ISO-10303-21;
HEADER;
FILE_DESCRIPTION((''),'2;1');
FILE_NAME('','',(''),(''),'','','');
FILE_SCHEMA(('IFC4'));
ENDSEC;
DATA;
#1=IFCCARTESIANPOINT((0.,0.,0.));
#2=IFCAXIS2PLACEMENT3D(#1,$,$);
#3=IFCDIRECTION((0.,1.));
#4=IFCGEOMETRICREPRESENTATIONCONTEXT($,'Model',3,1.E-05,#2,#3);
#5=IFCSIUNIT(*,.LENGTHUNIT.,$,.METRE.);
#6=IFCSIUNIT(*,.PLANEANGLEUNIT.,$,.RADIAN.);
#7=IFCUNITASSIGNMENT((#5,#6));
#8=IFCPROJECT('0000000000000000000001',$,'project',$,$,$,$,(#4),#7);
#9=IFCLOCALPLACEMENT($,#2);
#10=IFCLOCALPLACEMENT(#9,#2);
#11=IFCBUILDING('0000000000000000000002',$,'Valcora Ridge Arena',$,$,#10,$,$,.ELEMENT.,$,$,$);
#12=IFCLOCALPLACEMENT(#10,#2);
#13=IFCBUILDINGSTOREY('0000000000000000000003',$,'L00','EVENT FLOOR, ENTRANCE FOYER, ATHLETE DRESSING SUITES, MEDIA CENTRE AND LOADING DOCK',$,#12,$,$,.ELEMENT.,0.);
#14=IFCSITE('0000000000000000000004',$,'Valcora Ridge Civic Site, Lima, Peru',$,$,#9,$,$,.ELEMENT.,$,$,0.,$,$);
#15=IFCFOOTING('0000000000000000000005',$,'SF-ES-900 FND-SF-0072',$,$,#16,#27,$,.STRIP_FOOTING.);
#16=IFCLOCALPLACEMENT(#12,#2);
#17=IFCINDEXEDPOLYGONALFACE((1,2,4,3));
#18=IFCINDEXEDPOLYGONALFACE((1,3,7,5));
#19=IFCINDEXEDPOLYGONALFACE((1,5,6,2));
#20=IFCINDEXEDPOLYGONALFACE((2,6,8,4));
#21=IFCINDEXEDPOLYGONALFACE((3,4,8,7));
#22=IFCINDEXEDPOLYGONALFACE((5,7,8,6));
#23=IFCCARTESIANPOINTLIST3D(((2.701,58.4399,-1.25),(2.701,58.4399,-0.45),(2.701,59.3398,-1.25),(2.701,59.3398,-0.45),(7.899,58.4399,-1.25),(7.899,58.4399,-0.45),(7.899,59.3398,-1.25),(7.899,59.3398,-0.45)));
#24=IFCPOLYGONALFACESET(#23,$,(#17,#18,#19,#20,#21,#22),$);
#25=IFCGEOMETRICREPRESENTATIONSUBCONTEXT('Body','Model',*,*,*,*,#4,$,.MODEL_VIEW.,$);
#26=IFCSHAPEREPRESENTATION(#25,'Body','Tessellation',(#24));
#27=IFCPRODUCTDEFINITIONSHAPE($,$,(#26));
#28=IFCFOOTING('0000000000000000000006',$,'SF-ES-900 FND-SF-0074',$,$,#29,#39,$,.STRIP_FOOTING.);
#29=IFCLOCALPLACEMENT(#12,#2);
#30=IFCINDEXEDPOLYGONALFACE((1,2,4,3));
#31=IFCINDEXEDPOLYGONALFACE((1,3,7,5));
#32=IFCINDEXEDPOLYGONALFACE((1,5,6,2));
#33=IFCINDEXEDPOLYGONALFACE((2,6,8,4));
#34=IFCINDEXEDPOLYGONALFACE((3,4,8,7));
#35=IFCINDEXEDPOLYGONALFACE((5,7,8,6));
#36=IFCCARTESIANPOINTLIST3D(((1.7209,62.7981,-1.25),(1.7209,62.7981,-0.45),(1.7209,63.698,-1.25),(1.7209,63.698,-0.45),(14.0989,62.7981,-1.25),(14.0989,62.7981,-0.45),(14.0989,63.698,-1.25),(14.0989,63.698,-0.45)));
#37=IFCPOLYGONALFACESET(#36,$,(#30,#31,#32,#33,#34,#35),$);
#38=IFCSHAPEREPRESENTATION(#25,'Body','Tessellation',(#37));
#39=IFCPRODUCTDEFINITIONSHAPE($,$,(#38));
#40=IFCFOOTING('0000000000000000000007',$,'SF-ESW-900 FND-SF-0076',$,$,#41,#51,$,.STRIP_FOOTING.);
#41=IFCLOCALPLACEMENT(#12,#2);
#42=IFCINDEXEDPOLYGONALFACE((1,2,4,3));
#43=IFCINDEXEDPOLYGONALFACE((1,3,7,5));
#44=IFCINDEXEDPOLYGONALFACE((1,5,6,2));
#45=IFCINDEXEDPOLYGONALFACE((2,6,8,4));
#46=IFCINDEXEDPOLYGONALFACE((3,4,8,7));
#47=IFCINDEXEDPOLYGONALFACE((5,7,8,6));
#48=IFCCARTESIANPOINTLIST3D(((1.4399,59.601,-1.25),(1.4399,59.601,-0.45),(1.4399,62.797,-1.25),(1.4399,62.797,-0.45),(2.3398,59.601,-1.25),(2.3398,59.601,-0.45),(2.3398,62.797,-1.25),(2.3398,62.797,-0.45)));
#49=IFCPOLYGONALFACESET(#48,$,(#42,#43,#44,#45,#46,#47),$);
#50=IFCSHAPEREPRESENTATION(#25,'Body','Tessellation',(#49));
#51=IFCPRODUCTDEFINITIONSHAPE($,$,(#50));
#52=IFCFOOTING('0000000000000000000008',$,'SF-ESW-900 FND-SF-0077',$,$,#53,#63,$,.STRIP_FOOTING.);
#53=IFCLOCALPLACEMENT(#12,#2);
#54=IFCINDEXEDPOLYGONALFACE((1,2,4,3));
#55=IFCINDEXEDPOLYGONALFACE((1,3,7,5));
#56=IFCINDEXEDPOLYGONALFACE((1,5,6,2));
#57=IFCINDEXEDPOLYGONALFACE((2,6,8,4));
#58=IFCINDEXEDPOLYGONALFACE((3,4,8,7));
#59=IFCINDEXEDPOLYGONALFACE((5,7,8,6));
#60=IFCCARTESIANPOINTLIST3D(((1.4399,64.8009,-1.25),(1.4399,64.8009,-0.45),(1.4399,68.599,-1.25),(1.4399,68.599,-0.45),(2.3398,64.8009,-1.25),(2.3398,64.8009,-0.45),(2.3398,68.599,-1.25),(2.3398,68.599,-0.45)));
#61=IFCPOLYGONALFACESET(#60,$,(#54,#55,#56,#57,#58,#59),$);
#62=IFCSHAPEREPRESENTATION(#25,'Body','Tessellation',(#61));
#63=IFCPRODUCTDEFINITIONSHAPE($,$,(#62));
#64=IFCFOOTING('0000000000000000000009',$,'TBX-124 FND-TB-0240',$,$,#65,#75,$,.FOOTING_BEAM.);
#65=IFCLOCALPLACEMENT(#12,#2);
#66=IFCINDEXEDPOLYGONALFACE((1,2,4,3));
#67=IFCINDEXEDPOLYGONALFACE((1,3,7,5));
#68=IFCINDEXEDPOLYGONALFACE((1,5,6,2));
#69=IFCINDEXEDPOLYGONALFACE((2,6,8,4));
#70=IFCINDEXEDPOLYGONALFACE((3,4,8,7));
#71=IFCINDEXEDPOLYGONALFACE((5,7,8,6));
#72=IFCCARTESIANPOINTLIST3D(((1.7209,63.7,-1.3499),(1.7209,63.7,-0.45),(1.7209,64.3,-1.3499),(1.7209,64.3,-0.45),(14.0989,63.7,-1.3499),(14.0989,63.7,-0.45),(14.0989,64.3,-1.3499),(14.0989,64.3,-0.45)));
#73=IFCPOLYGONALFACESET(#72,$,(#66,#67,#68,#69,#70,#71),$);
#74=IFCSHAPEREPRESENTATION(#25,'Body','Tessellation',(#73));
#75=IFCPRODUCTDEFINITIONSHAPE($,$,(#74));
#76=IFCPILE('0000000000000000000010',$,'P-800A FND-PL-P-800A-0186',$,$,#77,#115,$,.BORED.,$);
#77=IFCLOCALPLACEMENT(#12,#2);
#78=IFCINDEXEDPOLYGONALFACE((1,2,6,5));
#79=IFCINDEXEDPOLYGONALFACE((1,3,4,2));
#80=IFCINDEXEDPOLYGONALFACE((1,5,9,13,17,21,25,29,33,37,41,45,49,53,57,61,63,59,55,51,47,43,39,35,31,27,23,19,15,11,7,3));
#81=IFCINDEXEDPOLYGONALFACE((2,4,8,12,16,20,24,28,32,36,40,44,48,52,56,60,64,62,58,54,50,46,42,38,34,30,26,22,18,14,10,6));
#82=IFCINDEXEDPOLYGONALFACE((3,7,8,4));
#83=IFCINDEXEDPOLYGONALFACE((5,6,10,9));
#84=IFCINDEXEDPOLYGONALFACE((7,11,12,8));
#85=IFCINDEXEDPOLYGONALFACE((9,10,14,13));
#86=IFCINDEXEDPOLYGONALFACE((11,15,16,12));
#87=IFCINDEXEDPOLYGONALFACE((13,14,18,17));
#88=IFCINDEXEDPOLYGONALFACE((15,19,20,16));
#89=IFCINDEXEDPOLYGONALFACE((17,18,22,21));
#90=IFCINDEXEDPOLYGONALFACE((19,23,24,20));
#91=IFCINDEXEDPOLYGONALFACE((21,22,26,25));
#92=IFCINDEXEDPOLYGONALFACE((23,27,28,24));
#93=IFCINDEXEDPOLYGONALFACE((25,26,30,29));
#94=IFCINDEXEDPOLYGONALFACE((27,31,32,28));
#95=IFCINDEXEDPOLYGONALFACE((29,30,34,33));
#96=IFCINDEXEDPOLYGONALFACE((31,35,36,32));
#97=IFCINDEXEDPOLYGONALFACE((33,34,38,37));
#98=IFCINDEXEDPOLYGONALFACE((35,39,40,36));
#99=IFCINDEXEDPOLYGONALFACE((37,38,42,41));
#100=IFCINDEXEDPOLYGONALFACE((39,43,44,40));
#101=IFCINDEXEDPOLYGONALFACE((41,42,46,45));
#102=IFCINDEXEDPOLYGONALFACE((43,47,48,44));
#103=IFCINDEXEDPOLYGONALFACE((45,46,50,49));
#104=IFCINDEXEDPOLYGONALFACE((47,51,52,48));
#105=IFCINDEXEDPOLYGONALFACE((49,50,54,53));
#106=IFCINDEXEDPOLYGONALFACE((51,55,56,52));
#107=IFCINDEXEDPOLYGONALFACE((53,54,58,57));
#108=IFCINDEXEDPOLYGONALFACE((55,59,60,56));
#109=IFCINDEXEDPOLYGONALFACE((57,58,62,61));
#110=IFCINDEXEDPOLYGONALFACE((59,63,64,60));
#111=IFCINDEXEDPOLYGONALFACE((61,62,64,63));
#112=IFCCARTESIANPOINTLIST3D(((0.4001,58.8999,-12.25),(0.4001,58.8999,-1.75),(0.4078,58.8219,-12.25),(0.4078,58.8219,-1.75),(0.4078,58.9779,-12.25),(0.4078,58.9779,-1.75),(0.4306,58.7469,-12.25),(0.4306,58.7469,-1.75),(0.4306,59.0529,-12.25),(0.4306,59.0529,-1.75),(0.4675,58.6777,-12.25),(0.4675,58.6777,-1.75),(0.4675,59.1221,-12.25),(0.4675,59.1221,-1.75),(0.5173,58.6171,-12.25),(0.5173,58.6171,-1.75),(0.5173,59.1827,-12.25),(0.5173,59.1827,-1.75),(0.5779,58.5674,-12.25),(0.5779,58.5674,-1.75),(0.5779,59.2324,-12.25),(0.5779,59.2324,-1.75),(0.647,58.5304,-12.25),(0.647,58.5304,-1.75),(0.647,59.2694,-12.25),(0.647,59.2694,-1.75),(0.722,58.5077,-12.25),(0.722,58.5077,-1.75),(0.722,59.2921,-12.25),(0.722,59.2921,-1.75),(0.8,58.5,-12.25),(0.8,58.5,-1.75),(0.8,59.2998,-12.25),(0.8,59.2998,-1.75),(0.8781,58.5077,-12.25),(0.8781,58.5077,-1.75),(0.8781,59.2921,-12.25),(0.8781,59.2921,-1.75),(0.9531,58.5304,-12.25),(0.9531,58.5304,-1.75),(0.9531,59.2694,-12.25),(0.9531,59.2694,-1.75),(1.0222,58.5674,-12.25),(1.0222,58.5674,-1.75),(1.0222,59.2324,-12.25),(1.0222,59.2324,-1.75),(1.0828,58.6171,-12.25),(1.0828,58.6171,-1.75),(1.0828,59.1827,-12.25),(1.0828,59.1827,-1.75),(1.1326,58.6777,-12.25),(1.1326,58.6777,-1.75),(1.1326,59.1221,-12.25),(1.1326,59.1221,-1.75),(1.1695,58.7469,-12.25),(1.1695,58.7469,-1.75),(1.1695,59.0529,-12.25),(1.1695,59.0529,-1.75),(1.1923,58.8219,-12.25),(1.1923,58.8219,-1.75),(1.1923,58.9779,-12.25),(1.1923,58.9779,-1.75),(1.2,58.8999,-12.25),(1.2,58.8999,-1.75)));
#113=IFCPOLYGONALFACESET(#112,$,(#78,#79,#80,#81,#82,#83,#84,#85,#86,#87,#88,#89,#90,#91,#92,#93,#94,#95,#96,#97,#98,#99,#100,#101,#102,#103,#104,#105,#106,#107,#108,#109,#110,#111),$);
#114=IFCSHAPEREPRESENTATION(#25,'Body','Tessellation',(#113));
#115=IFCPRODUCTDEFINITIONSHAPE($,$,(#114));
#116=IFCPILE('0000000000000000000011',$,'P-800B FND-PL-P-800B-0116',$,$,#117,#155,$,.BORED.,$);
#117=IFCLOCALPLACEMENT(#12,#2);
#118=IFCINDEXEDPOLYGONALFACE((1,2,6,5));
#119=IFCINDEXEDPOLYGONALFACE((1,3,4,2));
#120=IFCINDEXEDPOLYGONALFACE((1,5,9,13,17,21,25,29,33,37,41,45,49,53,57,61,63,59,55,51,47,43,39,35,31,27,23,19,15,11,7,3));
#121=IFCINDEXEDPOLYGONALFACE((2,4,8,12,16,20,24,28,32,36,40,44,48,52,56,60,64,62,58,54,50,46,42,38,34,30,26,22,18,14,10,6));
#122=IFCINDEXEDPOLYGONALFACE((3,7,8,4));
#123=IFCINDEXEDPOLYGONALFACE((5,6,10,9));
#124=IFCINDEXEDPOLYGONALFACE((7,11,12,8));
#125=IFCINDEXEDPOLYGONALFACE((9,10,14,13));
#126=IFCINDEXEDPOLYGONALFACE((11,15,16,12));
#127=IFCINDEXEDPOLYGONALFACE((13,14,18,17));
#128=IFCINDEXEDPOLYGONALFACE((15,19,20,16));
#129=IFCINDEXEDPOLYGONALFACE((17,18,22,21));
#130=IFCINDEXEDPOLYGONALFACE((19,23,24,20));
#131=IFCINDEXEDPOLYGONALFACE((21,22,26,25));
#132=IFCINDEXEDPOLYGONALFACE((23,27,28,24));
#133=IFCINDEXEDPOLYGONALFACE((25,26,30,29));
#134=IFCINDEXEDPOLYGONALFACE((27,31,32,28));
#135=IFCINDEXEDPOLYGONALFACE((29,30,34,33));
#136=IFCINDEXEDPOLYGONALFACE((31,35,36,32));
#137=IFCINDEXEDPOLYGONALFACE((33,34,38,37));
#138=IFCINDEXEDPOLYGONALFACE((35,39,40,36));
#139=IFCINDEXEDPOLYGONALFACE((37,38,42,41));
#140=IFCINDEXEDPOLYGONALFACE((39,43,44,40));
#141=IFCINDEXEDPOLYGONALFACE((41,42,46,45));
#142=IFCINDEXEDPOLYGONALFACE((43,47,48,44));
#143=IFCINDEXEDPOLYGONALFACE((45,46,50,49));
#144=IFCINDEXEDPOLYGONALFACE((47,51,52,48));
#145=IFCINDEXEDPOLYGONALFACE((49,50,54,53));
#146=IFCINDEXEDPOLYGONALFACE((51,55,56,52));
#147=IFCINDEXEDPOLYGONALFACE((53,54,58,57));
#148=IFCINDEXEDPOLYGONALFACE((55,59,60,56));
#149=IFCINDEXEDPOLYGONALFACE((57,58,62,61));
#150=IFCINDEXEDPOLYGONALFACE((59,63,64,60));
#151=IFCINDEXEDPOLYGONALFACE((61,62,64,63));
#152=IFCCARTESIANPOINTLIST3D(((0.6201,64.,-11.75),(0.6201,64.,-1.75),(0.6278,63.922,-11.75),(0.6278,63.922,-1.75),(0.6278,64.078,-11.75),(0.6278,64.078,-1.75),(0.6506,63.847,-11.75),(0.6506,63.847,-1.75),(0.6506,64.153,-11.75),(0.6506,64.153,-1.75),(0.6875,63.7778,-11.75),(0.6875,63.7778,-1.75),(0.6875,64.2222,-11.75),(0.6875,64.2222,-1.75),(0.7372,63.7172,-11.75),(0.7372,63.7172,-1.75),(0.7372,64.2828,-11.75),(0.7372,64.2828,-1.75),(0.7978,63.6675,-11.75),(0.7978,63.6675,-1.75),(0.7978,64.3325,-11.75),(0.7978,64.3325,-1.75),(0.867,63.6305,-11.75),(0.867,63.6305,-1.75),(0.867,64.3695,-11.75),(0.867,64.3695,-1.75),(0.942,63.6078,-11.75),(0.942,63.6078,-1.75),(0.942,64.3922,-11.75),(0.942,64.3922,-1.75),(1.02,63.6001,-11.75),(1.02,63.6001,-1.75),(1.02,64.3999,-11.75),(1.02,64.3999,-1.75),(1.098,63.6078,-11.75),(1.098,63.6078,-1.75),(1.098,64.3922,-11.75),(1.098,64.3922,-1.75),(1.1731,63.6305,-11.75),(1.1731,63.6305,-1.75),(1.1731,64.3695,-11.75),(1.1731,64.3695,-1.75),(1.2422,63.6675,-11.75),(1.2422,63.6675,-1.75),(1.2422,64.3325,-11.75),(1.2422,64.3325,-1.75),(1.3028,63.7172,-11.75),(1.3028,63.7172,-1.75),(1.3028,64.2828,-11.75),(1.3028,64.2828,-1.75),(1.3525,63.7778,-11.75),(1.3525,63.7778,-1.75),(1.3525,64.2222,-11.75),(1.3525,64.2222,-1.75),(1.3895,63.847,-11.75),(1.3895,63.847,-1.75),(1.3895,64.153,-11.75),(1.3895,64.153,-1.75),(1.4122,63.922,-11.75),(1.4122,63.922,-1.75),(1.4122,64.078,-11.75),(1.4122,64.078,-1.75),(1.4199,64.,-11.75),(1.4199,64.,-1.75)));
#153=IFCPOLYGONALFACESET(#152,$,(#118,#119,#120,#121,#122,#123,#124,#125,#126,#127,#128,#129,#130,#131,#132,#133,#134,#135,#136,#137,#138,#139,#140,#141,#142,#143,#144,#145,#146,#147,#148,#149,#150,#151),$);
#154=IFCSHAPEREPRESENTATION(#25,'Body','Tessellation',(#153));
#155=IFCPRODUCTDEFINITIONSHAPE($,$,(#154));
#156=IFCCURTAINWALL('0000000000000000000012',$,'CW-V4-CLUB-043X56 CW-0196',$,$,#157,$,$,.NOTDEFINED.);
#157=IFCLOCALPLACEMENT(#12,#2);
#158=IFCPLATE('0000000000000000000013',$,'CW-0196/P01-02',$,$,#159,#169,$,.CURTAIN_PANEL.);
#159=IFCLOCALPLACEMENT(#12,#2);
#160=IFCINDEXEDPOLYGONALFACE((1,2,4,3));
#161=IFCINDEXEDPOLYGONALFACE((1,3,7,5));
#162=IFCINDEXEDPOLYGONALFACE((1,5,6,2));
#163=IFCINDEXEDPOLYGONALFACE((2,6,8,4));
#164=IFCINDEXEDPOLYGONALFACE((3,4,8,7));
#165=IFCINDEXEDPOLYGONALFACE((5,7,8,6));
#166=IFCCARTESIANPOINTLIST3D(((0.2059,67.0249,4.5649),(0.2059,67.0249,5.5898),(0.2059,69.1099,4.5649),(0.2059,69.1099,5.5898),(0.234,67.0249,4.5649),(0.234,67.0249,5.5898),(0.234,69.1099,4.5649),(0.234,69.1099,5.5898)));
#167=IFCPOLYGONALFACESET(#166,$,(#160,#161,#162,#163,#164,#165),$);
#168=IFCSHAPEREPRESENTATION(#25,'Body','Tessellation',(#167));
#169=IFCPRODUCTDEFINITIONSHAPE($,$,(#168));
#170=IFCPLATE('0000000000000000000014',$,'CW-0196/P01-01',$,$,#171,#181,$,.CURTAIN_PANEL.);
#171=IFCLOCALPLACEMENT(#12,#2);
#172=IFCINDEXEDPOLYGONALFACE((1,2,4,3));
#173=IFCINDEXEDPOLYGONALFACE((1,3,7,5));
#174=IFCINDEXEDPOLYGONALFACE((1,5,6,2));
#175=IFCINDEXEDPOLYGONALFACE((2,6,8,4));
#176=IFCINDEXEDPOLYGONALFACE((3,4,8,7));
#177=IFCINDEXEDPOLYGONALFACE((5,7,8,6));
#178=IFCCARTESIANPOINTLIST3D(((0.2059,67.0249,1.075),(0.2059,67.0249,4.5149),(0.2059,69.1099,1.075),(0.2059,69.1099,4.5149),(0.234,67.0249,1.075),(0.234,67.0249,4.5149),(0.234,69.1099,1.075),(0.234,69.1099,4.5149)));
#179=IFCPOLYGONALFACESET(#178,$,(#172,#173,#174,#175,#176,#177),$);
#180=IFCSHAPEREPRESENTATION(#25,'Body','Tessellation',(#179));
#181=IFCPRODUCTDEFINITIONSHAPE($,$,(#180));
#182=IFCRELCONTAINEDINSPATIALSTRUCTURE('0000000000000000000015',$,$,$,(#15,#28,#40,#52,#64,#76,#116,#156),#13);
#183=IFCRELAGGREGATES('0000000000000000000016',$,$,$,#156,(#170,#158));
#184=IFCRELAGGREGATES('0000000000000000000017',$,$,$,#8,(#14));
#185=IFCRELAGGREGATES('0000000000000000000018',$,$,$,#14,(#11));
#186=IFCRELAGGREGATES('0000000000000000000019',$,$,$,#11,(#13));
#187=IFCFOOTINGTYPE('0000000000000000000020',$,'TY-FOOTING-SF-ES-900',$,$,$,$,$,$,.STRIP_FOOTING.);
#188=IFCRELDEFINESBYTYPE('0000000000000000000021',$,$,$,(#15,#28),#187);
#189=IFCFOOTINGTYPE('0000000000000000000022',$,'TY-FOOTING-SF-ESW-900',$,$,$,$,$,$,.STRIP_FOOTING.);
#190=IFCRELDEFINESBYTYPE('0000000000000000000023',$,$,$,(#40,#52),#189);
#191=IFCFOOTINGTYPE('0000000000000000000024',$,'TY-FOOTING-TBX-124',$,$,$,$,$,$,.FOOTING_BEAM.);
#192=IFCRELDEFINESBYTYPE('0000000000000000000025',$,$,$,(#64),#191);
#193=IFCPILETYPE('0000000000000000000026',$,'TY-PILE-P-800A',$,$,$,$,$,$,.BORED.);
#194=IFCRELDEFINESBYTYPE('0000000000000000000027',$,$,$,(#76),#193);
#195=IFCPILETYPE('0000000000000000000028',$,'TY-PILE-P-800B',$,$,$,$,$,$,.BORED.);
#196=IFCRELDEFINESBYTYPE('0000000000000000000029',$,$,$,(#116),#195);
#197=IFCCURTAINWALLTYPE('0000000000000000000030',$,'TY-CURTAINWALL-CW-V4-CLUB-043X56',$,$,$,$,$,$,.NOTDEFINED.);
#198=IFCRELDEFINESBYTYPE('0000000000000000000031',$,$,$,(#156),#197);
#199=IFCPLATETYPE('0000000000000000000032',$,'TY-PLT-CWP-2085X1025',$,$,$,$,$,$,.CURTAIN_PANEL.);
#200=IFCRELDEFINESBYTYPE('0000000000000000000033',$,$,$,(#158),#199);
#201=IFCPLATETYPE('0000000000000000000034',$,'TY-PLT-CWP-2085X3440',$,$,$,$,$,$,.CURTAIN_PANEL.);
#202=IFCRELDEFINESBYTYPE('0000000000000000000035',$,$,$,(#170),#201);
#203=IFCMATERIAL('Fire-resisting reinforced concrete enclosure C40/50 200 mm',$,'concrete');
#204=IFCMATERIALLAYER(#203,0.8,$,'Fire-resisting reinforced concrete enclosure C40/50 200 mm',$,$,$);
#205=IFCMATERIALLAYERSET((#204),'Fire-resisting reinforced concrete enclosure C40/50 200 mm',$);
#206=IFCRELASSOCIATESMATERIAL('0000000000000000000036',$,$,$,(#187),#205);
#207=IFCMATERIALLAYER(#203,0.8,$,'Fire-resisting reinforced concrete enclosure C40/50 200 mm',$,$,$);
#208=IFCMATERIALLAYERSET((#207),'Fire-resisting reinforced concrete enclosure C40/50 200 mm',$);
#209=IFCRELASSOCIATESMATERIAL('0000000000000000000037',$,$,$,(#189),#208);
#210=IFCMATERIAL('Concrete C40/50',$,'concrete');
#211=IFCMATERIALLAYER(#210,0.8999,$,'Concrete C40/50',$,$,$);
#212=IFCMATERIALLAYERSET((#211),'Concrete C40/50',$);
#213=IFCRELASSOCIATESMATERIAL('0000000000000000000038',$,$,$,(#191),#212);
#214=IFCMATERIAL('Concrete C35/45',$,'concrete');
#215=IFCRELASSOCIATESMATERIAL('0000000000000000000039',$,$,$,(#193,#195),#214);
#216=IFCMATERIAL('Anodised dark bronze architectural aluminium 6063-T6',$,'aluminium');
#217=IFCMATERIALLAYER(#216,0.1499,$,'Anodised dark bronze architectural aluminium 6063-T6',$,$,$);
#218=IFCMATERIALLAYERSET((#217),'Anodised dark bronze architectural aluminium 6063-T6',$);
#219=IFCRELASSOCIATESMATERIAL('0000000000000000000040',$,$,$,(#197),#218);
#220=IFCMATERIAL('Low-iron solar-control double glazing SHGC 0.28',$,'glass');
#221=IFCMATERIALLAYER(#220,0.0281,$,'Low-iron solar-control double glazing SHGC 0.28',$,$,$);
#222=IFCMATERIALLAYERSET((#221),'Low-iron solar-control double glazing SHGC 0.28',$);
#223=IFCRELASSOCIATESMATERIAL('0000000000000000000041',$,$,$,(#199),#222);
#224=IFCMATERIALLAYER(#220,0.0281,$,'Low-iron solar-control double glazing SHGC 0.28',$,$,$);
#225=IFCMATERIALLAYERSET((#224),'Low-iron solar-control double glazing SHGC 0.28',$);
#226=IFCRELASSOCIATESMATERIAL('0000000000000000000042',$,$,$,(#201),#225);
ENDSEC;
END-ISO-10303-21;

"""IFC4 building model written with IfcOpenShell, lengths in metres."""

from ifc_helpers import new_model, si_unit, direction, frame, origin, origin_2d, place, context, subcontext, project, spatial, rectangle, circle, extrude, material, layer, layer_set, material_profile, profile_set, type_object, element, aggregate, save


model = new_model("IFC4")

# Units and contexts
model_context = context("Model", 3, precision=1e-05, world=origin(), true_north=direction((0.0, 1.0)))
body_context = subcontext(model_context, "Body", "Model", "MODEL_VIEW")
ifc_project = project(units=[si_unit("LENGTHUNIT", "METRE"), si_unit("PLANEANGLEUNIT", "RADIAN")], contexts=[model_context])

# Site, building, storey
site_placement = place(None, origin())
site = spatial("IfcSite", under=ifc_project, at=site_placement, Name="Valcora Ridge Civic Site, Lima, Peru", CompositionType="ELEMENT", RefElevation=0.0)
building_placement = place(site_placement, origin())
building = spatial("IfcBuilding", under=site, at=building_placement, Name="Valcora Ridge Arena", CompositionType="ELEMENT")
storey_placement = place(building_placement, origin())
storey = spatial("IfcBuildingStorey", under=building, at=storey_placement, Name="L00", Description="EVENT FLOOR, ENTRANCE FOYER, ATHLETE DRESSING SUITES, MEDIA CENTRE AND LOADING DOCK", CompositionType="ELEMENT", Elevation=0.0)

# Footings
ifc_material_1 = material(Name="Fire-resisting reinforced concrete enclosure C40/50 200 mm", Category="concrete")
ifc_layer_1 = layer(ifc_material_1, 0.8, Name="Fire-resisting reinforced concrete enclosure C40/50 200 mm")
ifc_layer_set_1 = layer_set([ifc_layer_1], Name="Fire-resisting reinforced concrete enclosure C40/50 200 mm")
footing_type_1 = type_object("IfcFootingType", Name="TY-FOOTING-SF-ES-900", PredefinedType="STRIP_FOOTING", material=ifc_layer_set_1)
footing_1_placement = place(storey_placement, frame((5.3, 58.8899, -1.25), z_axis=(0.0, 0.0, 1.0), x_axis=(1.0, 0.0, 0.0)))
element("IfcFooting", 1, at=footing_1_placement, inside=storey, type_object=footing_type_1, Name="SF-ES-900 FND-SF-0072", PredefinedType="STRIP_FOOTING", context=body_context, shape_type="SweptSolid", body=[
    extrude(rectangle(XDim=5.198, YDim=0.8999, at=origin_2d()), origin(), (0.0, 0.0, 1.0), 0.8),
])
footing_2_placement = place(storey_placement, frame((7.9099, 63.248, -1.25), z_axis=(0.0, 0.0, 1.0), x_axis=(1.0, 0.0, 0.0)))
element("IfcFooting", 2, at=footing_2_placement, inside=storey, type_object=footing_type_1, Name="SF-ES-900 FND-SF-0074", PredefinedType="STRIP_FOOTING", context=body_context, shape_type="SweptSolid", body=[
    extrude(rectangle(XDim=12.3779, YDim=0.8999, at=origin_2d()), origin(), (0.0, 0.0, 1.0), 0.8),
])
ifc_layer_2 = layer(ifc_material_1, 0.8, Name="Fire-resisting reinforced concrete enclosure C40/50 200 mm")
ifc_layer_set_2 = layer_set([ifc_layer_2], Name="Fire-resisting reinforced concrete enclosure C40/50 200 mm")
footing_type_2 = type_object("IfcFootingType", Name="TY-FOOTING-SF-ESW-900", PredefinedType="STRIP_FOOTING", material=ifc_layer_set_2)
footing_3_placement = place(storey_placement, frame((1.8899, 61.199, -1.25), z_axis=(0.0, 0.0, 1.0), x_axis=(1.0, 0.0, 0.0)))
element("IfcFooting", 3, at=footing_3_placement, inside=storey, type_object=footing_type_2, Name="SF-ESW-900 FND-SF-0076", PredefinedType="STRIP_FOOTING", context=body_context, shape_type="SweptSolid", body=[
    extrude(rectangle(XDim=0.8999, YDim=3.196, at=origin_2d()), origin(), (0.0, 0.0, 1.0), 0.8),
])
footing_4_placement = place(storey_placement, frame((1.8899, 66.7, -1.25), z_axis=(0.0, 0.0, 1.0), x_axis=(1.0, 0.0, 0.0)))
element("IfcFooting", 4, at=footing_4_placement, inside=storey, type_object=footing_type_2, Name="SF-ESW-900 FND-SF-0077", PredefinedType="STRIP_FOOTING", context=body_context, shape_type="SweptSolid", body=[
    extrude(rectangle(XDim=0.8999, YDim=3.7981, at=origin_2d()), origin(), (0.0, 0.0, 1.0), 0.8),
])
ifc_material_2 = material(Name="Concrete C40/50", Category="concrete")
ifc_layer_3 = layer(ifc_material_2, 0.8999, Name="Concrete C40/50")
ifc_layer_set_3 = layer_set([ifc_layer_3], Name="Concrete C40/50")
footing_type_3 = type_object("IfcFootingType", Name="TY-FOOTING-TBX-124", PredefinedType="FOOTING_BEAM", material=ifc_layer_set_3)
footing_5_placement = place(storey_placement, frame((7.9099, 64.0, -1.3499), z_axis=(0.0, 0.0, 1.0), x_axis=(1.0, 0.0, 0.0)))
element("IfcFooting", 5, at=footing_5_placement, inside=storey, type_object=footing_type_3, Name="TBX-124 FND-TB-0240", PredefinedType="FOOTING_BEAM", context=body_context, shape_type="SweptSolid", body=[
    extrude(rectangle(XDim=12.3779, YDim=0.6001, at=origin_2d()), origin(), (0.0, 0.0, 1.0), 0.8999),
])

# Piles
ifc_material_3 = material(Name="Concrete C35/45", Category="concrete")
ifc_material_profile_1 = material_profile(ifc_material_3, circle(Radius=0.3999, at=origin_2d()), Name="BORED PILE D800")
ifc_profile_set_1 = profile_set([ifc_material_profile_1], Name="Concrete C35/45")
pile_type_1 = type_object("IfcPileType", Name="TY-PILE-P-800A", PredefinedType="BORED", material=ifc_profile_set_1)
pile_1_placement = place(storey_placement, frame((0.8, 58.8999, -1.75), z_axis=(0.0, 0.0, -1.0), x_axis=(1.0, 0.0, 0.0)))
element("IfcPile", 6, at=pile_1_placement, inside=storey, type_object=pile_type_1, Name="P-800A FND-PL-P-800A-0186", PredefinedType="BORED", context=body_context, shape_type="SweptSolid", body=[
    extrude(circle(Radius=0.3999, at=origin_2d()), origin(), (0.0, 0.0, 1.0), 10.5),
])
ifc_material_profile_2 = material_profile(ifc_material_3, circle(Radius=0.3999, at=origin_2d()), Name="BORED PILE D800")
ifc_profile_set_2 = profile_set([ifc_material_profile_2], Name="Concrete C35/45")
pile_type_2 = type_object("IfcPileType", Name="TY-PILE-P-800B", PredefinedType="BORED", material=ifc_profile_set_2)
pile_2_placement = place(storey_placement, frame((1.02, 64.0, -1.75), z_axis=(0.0, 0.0, -1.0), x_axis=(1.0, 0.0, 0.0)))
element("IfcPile", 7, at=pile_2_placement, inside=storey, type_object=pile_type_2, Name="P-800B FND-PL-P-800B-0116", PredefinedType="BORED", context=body_context, shape_type="SweptSolid", body=[
    extrude(circle(Radius=0.3999, at=origin_2d()), origin(), (0.0, 0.0, 1.0), 10.0),
])

# Curtain wall, plates
ifc_material_4 = material(Name="Anodised dark bronze architectural aluminium 6063-T6", Category="aluminium")
ifc_layer_4 = layer(ifc_material_4, 0.1499, Name="Anodised dark bronze architectural aluminium 6063-T6")
ifc_layer_set_4 = layer_set([ifc_layer_4], Name="Anodised dark bronze architectural aluminium 6063-T6")
curtain_wall_type = type_object("IfcCurtainWallType", Name="TY-CURTAINWALL-CW-V4-CLUB-043X56", PredefinedType="NOTDEFINED", material=ifc_layer_set_4)
curtain_wall_placement = place(storey_placement, origin())
curtain_wall = element("IfcCurtainWall", 8, at=curtain_wall_placement, inside=storey, type_object=curtain_wall_type, Name="CW-V4-CLUB-043X56 CW-0196", PredefinedType="NOTDEFINED")
ifc_material_5 = material(Name="Low-iron solar-control double glazing SHGC 0.28", Category="glass")
ifc_layer_5 = layer(ifc_material_5, 0.0281, Name="Low-iron solar-control double glazing SHGC 0.28")
ifc_layer_set_5 = layer_set([ifc_layer_5], Name="Low-iron solar-control double glazing SHGC 0.28")
plate_type_1 = type_object("IfcPlateType", Name="TY-PLT-CWP-2085X1025", PredefinedType="CURTAIN_PANEL", material=ifc_layer_set_5)
plate_1_placement = place(storey_placement, frame((0.22, 68.0674, 4.5649), z_axis=(0.0, 0.0, 1.0), x_axis=(0.0, 1.0, 0.0)))
plate_1 = element("IfcPlate", 9, at=plate_1_placement, type_object=plate_type_1, Name="CW-0196/P01-02", PredefinedType="CURTAIN_PANEL", context=body_context, shape_type="SweptSolid", body=[
    extrude(rectangle(XDim=2.085, YDim=0.0281, at=origin_2d()), origin(), (0.0, 0.0, 1.0), 1.0249),
])
ifc_layer_6 = layer(ifc_material_5, 0.0281, Name="Low-iron solar-control double glazing SHGC 0.28")
ifc_layer_set_6 = layer_set([ifc_layer_6], Name="Low-iron solar-control double glazing SHGC 0.28")
plate_type_2 = type_object("IfcPlateType", Name="TY-PLT-CWP-2085X3440", PredefinedType="CURTAIN_PANEL", material=ifc_layer_set_6)
plate_2_placement = place(storey_placement, frame((0.22, 68.0674, 1.075), z_axis=(0.0, 0.0, 1.0), x_axis=(0.0, 1.0, 0.0)))
plate_2 = element("IfcPlate", 10, at=plate_2_placement, type_object=plate_type_2, Name="CW-0196/P01-01", PredefinedType="CURTAIN_PANEL", context=body_context, shape_type="SweptSolid", body=[
    extrude(rectangle(XDim=2.085, YDim=0.0281, at=origin_2d()), origin(), (0.0, 0.0, 1.0), 3.4399),
])
aggregate(curtain_wall, [plate_2, plate_1])

save(model, "model.ifc")
